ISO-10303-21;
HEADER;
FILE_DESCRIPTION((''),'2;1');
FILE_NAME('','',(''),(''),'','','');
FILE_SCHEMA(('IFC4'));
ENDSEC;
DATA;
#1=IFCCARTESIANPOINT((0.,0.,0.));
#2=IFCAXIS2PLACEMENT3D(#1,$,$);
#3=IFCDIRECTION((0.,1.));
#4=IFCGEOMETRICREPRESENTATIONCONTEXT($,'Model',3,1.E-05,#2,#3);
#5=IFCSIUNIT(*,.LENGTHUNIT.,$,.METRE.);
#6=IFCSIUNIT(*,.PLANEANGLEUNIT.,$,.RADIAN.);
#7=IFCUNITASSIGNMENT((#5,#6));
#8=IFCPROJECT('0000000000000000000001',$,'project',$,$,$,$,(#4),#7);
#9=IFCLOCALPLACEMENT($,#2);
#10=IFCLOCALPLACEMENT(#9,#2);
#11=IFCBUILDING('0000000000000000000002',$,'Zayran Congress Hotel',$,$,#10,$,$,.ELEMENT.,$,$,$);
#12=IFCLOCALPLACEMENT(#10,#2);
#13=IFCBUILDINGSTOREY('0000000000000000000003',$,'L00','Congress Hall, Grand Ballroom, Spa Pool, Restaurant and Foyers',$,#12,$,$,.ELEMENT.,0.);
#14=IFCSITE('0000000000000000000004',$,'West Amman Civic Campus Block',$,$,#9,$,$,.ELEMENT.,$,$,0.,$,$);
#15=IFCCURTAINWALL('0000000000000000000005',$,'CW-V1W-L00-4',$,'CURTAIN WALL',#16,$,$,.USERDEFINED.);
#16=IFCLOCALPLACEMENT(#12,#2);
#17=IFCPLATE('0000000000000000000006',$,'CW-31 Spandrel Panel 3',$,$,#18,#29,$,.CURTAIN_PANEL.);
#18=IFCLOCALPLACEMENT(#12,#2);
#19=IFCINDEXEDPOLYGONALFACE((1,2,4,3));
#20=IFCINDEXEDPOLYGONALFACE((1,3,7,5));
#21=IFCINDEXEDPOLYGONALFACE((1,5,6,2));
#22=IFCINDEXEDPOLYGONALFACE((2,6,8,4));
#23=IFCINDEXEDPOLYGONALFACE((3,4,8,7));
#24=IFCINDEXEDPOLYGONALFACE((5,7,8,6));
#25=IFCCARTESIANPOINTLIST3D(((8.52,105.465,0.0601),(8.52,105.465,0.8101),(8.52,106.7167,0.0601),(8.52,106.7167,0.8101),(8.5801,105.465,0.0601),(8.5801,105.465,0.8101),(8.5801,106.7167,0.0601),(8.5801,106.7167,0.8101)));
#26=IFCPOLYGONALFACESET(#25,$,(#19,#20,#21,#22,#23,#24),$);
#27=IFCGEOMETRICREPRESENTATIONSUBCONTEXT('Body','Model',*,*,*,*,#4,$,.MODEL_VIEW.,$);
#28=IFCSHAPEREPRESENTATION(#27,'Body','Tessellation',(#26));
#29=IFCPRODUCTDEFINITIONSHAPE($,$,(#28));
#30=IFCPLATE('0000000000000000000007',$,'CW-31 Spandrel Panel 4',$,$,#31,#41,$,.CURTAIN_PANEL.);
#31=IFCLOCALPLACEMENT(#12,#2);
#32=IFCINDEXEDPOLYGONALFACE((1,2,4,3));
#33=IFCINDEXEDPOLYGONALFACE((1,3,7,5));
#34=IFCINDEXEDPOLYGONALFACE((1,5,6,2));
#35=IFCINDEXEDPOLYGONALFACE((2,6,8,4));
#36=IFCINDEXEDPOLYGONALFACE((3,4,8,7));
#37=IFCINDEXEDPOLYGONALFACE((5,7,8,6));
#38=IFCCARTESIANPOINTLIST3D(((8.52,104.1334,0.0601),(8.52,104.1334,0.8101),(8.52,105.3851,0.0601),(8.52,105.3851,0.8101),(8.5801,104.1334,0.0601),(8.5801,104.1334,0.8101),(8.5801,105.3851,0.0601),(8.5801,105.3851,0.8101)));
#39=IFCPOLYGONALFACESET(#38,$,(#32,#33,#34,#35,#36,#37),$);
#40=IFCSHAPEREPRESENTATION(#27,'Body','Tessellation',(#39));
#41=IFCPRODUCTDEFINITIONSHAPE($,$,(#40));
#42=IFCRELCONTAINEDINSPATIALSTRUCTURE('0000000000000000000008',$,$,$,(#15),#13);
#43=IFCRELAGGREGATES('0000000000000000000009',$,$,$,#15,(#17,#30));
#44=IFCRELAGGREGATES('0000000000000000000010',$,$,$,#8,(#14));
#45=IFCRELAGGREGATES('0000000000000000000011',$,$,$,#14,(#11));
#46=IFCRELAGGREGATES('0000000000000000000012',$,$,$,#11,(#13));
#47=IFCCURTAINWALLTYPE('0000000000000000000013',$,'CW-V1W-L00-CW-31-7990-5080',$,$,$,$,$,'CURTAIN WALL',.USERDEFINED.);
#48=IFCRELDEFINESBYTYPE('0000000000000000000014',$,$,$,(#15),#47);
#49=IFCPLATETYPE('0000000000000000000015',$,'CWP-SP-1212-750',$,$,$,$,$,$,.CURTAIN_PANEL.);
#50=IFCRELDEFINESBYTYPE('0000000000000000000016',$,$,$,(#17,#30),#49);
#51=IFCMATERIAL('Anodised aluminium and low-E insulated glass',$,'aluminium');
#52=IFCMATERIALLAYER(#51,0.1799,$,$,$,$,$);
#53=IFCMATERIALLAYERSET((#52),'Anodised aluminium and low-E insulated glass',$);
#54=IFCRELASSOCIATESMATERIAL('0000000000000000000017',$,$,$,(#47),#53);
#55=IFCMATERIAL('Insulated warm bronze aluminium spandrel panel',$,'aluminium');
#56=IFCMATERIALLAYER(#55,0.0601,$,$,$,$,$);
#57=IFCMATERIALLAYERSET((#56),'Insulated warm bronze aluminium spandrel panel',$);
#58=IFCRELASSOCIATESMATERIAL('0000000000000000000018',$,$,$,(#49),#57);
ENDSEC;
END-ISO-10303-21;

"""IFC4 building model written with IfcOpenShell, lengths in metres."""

from ifc_helpers import new_model, si_unit, direction, frame, origin, origin_2d, place, context, subcontext, project, spatial, rectangle, extrude, material, layer, layer_set, type_object, element, aggregate, save


model = new_model("IFC4")

# Units and contexts
model_context = context("Model", 3, precision=1e-05, world=origin(), true_north=direction((0.0, 1.0)))
body_context = subcontext(model_context, "Body", "Model", "MODEL_VIEW")
ifc_project = project(units=[si_unit("LENGTHUNIT", "METRE"), si_unit("PLANEANGLEUNIT", "RADIAN")], contexts=[model_context])

# Site, building, storey
site_placement = place(None, origin())
site = spatial("IfcSite", under=ifc_project, at=site_placement, Name="West Amman Civic Campus Block", CompositionType="ELEMENT", RefElevation=0.0)
building_placement = place(site_placement, origin())
building = spatial("IfcBuilding", under=site, at=building_placement, Name="Zayran Congress Hotel", CompositionType="ELEMENT")
storey_placement = place(building_placement, origin())
storey = spatial("IfcBuildingStorey", under=building, at=storey_placement, Name="L00", Description="Congress Hall, Grand Ballroom, Spa Pool, Restaurant and Foyers", CompositionType="ELEMENT", Elevation=0.0)

# Curtain wall
ifc_material_1 = material(Name="Anodised aluminium and low-E insulated glass", Category="aluminium")
ifc_layer_1 = layer(ifc_material_1, 0.1799)
ifc_layer_set_1 = layer_set([ifc_layer_1], Name="Anodised aluminium and low-E insulated glass")
curtain_wall_type_1 = type_object("IfcCurtainWallType", Name="CW-V1W-L00-CW-31-7990-5080", ElementType="CURTAIN WALL", PredefinedType="USERDEFINED", material=ifc_layer_set_1)
curtain_wall_1_placement = place(storey_placement, origin())
curtain_wall_1 = element("IfcCurtainWall", 1, at=curtain_wall_1_placement, inside=storey, type_object=curtain_wall_type_1, Name="CW-V1W-L00-4", ObjectType="CURTAIN WALL", PredefinedType="USERDEFINED")

# Plates
ifc_material_2 = material(Name="Insulated warm bronze aluminium spandrel panel", Category="aluminium")
ifc_layer_2 = layer(ifc_material_2, 0.0601)
ifc_layer_set_2 = layer_set([ifc_layer_2], Name="Insulated warm bronze aluminium spandrel panel")
plate_type_1 = type_object("IfcPlateType", Name="CWP-SP-1212-750", PredefinedType="CURTAIN_PANEL", material=ifc_layer_set_2)
plate_1_placement = place(storey_placement, frame((8.55, 106.0908, 0.0601), z_axis=(0.0, 0.0, 1.0), x_axis=(0.0, 1.0, 0.0)))
plate_1 = element("IfcPlate", 2, at=plate_1_placement, type_object=plate_type_1, Name="CW-31 Spandrel Panel 3", PredefinedType="CURTAIN_PANEL", context=body_context, shape_type="SweptSolid", body=[
    extrude(rectangle(XDim=1.2517, YDim=0.0601, at=origin_2d()), origin(), (0.0, 0.0, 1.0), 0.75),
])
plate_2_placement = place(storey_placement, frame((8.55, 104.7593, 0.0601), z_axis=(0.0, 0.0, 1.0), x_axis=(0.0, 1.0, 0.0)))
plate_2 = element("IfcPlate", 3, at=plate_2_placement, type_object=plate_type_1, Name="CW-31 Spandrel Panel 4", PredefinedType="CURTAIN_PANEL", context=body_context, shape_type="SweptSolid", body=[
    extrude(rectangle(XDim=1.2517, YDim=0.0601, at=origin_2d()), origin(), (0.0, 0.0, 1.0), 0.75),
])
aggregate(curtain_wall_1, [plate_1, plate_2])

save(model, "model.ifc")
